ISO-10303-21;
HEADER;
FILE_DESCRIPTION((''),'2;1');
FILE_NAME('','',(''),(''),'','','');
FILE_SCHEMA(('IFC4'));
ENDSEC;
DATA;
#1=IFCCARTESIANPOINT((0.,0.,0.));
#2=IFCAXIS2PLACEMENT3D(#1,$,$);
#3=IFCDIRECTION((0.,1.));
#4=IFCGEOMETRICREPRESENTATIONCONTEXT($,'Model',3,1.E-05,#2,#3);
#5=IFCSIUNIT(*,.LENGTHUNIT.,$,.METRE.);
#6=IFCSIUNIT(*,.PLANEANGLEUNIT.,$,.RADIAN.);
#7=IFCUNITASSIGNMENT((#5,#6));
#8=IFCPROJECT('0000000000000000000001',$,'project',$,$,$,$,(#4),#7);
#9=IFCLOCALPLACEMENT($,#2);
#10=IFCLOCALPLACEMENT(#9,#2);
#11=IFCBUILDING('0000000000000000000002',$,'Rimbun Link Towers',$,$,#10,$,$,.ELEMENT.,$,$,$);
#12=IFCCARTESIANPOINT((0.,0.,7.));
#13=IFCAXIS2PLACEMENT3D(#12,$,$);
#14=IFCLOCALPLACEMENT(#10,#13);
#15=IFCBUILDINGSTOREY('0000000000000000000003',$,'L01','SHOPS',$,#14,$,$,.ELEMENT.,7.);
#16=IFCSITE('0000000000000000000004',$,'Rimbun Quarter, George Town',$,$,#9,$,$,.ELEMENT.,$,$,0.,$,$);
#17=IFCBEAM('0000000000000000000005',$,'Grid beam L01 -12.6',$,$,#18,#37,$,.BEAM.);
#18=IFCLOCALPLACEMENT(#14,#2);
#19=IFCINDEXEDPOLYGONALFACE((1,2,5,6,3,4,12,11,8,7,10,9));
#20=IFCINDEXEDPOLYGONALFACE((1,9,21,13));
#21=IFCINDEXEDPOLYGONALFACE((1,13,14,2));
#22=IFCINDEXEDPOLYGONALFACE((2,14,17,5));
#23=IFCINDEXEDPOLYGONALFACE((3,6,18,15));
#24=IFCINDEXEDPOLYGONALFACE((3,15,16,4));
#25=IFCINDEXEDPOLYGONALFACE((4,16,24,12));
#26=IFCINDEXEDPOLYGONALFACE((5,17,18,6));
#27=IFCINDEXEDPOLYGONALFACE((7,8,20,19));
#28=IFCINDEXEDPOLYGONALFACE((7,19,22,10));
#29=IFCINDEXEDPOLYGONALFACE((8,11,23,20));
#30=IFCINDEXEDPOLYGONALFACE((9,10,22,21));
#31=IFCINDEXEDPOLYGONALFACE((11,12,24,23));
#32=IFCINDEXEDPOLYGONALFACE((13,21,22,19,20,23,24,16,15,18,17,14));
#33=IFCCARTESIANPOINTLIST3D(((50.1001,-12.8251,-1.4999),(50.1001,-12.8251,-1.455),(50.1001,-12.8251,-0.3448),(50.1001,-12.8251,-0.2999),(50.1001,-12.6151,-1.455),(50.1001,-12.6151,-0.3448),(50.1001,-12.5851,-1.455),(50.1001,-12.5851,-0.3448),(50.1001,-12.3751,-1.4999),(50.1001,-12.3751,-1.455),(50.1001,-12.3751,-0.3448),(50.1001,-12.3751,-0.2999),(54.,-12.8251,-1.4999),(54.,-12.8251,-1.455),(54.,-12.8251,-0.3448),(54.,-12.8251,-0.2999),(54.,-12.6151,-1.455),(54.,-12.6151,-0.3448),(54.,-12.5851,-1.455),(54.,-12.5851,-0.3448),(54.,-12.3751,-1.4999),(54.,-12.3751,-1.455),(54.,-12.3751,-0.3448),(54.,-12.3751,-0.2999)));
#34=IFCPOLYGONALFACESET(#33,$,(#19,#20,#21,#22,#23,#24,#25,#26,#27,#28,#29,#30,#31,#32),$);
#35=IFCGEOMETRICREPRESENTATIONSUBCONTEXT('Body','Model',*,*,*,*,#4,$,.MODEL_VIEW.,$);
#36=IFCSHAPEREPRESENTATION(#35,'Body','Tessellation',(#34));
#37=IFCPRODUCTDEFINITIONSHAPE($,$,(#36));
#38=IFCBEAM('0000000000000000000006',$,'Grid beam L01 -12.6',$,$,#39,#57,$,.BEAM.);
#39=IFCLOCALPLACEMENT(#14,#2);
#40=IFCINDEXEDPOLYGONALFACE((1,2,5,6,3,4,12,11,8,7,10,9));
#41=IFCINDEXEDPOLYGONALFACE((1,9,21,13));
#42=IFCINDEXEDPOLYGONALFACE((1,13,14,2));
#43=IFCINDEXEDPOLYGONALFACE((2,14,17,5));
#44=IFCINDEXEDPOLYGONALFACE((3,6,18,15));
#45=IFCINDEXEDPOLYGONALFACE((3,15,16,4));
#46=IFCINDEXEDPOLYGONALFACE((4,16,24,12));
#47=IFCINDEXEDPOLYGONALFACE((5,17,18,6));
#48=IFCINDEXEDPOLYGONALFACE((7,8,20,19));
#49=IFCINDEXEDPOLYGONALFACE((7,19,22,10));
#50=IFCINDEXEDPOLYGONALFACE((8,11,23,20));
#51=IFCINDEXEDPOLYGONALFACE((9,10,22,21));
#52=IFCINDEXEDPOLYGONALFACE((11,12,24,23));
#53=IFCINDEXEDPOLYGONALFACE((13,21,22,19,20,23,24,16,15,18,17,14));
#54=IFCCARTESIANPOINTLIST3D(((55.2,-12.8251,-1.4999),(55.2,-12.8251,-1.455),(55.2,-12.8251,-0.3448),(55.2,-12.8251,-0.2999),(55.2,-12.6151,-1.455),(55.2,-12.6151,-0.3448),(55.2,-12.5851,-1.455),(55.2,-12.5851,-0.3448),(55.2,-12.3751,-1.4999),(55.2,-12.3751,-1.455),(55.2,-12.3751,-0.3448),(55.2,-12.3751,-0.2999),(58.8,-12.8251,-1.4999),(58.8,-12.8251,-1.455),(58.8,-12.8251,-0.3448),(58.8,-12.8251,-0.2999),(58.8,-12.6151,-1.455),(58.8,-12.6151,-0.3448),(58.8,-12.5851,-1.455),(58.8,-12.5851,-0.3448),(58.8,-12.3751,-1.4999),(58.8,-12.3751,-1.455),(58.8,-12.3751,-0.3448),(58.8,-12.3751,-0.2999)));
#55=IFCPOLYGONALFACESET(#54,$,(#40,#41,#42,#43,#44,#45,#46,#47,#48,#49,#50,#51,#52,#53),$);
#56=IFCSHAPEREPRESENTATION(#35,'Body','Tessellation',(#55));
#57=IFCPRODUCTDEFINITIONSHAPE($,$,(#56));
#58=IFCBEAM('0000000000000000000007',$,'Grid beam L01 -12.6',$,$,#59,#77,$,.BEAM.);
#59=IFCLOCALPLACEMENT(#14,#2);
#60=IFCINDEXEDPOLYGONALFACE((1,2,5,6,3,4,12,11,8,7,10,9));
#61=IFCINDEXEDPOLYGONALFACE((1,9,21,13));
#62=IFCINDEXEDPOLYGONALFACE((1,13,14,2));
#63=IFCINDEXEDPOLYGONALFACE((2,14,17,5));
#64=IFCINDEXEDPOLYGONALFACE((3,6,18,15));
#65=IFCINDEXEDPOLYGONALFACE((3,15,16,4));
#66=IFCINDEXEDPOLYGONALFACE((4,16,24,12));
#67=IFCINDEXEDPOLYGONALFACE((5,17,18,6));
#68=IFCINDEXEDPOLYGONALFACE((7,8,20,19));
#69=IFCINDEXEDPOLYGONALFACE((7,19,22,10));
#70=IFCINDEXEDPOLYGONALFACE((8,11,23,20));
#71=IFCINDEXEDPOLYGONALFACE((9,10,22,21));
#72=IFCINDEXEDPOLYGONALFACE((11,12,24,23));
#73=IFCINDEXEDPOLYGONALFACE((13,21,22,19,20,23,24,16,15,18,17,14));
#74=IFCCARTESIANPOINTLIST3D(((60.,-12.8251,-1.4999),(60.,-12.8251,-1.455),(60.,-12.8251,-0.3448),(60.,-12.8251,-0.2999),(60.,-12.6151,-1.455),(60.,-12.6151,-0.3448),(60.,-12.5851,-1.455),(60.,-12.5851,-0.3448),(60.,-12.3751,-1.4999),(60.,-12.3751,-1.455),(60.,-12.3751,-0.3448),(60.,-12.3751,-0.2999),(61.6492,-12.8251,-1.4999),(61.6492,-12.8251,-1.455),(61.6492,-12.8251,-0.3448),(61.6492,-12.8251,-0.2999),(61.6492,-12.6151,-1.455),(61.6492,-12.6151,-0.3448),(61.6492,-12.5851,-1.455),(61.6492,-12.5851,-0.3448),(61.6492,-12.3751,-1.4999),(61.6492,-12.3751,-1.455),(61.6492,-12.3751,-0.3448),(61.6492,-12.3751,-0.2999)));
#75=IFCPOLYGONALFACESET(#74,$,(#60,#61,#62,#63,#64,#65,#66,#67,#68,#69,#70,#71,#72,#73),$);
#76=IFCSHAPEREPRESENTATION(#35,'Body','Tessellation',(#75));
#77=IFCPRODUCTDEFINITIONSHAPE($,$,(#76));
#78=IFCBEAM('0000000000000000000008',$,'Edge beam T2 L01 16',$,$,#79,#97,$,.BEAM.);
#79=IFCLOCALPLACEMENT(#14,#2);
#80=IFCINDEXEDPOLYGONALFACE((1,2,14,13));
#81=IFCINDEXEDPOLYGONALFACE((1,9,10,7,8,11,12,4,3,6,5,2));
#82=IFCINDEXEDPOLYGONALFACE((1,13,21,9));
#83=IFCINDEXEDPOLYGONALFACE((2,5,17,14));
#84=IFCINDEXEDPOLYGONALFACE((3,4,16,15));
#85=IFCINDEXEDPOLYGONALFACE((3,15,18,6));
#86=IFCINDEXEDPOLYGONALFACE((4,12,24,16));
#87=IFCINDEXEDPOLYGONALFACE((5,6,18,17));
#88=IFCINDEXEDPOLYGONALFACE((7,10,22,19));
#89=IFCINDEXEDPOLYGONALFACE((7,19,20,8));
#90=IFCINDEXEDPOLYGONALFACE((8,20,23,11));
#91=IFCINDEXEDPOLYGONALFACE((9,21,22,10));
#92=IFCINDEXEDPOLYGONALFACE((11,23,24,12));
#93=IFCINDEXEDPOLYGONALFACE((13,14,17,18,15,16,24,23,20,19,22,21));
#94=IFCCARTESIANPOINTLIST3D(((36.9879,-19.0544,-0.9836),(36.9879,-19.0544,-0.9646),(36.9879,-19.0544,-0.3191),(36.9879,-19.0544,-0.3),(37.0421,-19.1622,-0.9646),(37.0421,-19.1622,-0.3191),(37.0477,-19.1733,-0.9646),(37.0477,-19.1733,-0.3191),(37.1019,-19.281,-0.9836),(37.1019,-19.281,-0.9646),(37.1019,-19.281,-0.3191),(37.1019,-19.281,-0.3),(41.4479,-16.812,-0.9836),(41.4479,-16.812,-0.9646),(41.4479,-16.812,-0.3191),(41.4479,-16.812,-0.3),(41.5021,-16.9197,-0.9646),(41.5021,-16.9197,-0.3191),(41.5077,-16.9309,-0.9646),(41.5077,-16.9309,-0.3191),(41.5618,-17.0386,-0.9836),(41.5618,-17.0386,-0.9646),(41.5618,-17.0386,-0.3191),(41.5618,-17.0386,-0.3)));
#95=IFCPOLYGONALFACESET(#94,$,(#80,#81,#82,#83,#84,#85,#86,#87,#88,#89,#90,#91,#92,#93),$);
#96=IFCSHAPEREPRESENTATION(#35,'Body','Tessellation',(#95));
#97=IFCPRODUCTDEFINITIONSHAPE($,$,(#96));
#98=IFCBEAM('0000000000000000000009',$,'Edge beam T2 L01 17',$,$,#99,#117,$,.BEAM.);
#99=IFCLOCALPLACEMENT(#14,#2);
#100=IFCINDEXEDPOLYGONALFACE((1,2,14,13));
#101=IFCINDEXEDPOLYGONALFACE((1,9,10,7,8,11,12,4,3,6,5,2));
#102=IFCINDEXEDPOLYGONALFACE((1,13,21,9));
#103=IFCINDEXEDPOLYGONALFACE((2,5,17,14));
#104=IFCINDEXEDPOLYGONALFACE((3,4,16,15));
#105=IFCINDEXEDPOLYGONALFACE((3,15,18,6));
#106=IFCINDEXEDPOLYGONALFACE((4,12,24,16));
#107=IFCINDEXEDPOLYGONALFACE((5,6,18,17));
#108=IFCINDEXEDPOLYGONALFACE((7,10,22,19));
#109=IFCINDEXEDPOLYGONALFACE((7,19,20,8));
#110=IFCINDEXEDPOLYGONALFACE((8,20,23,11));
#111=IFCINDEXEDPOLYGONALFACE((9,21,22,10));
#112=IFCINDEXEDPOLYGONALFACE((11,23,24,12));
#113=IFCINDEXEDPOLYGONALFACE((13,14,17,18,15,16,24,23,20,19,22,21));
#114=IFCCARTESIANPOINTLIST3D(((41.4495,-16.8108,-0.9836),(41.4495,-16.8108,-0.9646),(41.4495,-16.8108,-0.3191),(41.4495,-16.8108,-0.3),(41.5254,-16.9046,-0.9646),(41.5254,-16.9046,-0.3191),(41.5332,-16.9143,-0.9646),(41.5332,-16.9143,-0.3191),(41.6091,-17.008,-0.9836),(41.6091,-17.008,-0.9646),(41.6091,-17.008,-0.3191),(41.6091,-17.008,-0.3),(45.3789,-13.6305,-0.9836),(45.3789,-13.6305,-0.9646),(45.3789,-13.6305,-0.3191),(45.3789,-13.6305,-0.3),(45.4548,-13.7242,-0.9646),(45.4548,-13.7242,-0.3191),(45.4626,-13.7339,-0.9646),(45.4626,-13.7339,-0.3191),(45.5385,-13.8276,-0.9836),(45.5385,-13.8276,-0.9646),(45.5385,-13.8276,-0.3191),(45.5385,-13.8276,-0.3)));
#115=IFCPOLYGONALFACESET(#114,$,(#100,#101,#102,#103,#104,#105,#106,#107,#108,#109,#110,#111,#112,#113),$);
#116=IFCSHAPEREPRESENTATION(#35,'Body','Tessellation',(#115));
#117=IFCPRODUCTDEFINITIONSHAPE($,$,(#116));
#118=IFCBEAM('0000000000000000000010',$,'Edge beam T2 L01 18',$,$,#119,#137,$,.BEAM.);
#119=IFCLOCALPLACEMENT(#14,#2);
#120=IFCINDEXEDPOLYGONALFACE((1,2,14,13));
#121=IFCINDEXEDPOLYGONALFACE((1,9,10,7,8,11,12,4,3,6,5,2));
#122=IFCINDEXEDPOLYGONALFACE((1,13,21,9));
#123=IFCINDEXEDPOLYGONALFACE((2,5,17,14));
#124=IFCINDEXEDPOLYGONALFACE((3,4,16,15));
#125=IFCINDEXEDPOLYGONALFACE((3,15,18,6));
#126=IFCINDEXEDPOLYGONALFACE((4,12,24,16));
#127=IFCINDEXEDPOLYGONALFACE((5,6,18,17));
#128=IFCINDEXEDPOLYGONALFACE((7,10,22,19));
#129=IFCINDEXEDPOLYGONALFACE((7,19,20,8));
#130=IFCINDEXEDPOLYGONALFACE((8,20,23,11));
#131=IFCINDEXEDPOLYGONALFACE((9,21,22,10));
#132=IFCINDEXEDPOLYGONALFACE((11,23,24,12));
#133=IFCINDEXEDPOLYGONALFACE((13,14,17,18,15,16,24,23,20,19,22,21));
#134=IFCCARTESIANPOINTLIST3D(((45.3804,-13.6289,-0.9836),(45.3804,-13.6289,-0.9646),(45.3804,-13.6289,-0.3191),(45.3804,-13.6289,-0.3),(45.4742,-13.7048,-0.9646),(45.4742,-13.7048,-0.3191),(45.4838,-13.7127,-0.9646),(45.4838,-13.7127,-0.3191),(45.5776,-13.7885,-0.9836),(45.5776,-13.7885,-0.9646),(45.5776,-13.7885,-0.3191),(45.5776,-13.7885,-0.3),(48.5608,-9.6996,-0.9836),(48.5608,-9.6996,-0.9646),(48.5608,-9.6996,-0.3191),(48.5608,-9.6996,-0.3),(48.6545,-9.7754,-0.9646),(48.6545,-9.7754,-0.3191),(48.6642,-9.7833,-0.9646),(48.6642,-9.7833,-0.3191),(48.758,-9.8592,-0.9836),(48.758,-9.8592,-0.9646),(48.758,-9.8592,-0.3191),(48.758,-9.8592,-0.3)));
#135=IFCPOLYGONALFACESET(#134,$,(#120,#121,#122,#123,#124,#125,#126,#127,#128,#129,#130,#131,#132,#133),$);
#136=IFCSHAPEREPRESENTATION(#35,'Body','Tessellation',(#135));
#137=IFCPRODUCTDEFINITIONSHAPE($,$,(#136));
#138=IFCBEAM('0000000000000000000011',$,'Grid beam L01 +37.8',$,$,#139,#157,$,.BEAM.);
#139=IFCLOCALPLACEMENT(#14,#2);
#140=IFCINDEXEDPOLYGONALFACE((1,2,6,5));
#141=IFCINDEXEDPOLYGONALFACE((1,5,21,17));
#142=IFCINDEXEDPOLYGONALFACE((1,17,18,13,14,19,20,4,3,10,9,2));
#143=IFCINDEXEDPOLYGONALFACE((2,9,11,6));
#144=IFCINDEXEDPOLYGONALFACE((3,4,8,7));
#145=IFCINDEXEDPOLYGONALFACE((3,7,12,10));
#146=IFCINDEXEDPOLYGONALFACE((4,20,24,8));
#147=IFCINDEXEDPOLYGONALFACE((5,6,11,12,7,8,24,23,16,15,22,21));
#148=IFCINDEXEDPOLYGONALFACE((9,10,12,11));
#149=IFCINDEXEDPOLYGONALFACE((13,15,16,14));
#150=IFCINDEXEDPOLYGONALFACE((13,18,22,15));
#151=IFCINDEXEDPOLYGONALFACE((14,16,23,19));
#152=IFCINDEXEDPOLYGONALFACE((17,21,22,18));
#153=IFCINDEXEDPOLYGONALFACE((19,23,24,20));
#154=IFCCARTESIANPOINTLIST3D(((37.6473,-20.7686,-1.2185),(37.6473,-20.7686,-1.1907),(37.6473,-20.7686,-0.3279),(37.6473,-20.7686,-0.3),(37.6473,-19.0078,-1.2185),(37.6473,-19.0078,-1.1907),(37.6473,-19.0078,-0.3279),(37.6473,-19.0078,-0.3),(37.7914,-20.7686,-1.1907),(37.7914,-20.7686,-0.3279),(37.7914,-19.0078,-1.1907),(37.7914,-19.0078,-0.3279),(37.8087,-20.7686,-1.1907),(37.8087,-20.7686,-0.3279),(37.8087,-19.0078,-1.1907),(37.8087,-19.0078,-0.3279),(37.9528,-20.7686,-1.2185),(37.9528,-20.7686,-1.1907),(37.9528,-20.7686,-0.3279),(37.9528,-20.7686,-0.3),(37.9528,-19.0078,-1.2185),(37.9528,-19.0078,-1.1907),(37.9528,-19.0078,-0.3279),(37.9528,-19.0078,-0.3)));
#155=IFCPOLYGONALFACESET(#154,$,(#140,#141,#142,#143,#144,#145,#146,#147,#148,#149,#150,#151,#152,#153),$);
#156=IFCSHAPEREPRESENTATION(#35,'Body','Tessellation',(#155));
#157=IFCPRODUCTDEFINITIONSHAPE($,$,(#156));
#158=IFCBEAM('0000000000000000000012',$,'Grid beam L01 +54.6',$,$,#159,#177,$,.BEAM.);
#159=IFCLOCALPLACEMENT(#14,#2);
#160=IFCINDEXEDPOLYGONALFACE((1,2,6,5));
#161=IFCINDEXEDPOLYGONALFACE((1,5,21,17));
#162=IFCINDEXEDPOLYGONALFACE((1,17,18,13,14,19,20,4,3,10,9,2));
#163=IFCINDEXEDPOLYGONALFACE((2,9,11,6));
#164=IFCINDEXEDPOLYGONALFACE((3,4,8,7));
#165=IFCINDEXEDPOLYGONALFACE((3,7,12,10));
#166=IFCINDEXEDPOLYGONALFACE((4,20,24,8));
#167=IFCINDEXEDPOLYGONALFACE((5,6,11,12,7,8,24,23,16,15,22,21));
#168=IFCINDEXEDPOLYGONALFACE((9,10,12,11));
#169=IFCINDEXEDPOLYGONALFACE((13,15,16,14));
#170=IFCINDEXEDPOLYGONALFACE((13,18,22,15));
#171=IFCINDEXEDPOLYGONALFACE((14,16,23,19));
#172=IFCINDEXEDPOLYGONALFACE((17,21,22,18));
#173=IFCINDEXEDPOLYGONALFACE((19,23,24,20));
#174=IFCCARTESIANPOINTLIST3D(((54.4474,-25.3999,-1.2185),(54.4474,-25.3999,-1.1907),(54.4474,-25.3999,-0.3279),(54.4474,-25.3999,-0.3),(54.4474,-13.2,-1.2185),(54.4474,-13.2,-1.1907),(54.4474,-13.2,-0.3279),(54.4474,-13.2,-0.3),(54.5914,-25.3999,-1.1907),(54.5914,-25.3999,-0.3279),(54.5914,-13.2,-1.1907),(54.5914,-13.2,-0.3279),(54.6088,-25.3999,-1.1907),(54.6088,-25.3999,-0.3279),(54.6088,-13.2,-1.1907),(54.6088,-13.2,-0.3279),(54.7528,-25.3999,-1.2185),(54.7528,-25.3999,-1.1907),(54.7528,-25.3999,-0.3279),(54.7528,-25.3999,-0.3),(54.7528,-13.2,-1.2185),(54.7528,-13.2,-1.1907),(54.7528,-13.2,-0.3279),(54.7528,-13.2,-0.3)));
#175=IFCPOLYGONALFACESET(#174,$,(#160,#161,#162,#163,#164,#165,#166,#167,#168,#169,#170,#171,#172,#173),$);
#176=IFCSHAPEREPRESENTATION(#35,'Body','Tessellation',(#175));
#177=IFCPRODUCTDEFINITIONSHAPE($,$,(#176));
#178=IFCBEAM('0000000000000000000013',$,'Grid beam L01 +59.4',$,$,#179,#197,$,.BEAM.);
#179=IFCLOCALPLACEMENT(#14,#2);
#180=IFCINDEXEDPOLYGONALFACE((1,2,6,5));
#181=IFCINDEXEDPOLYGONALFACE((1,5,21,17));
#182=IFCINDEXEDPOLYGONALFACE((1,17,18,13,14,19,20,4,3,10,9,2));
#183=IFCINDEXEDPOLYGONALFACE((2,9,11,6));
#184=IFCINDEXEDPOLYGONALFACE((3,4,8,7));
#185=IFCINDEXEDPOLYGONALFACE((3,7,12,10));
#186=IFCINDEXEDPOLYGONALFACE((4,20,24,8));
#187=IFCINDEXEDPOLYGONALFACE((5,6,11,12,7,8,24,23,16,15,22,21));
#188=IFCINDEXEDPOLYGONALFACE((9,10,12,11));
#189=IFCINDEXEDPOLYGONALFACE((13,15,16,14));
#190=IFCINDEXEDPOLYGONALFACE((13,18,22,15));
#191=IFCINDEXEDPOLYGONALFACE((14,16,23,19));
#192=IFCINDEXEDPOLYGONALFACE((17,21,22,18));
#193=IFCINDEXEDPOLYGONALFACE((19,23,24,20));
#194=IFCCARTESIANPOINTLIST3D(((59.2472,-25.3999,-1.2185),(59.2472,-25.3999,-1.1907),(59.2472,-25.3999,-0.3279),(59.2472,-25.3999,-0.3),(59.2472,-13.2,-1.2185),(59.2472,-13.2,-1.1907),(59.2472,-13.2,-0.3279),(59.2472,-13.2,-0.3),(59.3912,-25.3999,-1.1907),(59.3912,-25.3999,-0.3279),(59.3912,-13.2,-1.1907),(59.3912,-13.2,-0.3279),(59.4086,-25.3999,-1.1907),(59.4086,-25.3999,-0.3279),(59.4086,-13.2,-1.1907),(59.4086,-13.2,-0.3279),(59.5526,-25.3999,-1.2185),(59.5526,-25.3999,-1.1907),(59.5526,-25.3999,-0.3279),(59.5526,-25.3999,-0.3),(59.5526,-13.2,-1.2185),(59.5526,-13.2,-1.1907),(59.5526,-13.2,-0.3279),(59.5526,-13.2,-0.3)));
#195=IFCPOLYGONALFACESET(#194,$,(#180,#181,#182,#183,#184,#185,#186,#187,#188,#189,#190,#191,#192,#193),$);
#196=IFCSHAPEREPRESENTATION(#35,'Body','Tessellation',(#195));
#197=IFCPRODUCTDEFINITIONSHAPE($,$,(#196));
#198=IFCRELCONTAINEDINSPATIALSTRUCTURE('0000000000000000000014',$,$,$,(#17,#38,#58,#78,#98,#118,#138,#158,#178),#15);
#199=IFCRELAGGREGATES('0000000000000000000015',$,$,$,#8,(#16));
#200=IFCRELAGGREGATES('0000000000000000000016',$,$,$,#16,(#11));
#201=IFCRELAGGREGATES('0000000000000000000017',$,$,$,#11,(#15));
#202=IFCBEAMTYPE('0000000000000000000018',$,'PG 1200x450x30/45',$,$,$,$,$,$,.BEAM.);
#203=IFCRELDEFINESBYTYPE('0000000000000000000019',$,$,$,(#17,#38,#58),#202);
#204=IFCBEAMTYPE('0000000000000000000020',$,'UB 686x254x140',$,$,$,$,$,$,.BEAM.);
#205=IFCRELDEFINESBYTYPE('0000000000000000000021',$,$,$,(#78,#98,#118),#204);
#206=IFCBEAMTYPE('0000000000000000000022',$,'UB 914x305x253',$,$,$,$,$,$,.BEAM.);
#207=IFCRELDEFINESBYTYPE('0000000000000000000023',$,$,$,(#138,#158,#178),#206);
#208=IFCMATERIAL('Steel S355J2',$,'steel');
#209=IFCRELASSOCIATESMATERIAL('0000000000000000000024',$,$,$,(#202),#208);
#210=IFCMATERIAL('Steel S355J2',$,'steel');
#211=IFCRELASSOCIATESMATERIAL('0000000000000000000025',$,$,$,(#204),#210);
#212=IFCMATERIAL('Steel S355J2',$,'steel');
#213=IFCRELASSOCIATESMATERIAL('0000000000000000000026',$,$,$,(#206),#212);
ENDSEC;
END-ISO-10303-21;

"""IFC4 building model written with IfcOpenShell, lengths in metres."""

from ifc_helpers import new_model, si_unit, direction, frame, origin, origin_2d, place, context, subcontext, project, spatial, i_section, extrude, material, material_profile, profile_set, type_object, element, save


model = new_model("IFC4")

# Units and contexts
model_context = context("Model", 3, precision=1e-05, world=origin(), true_north=direction((0.0, 1.0)))
body_context = subcontext(model_context, "Body", "Model", "MODEL_VIEW")
ifc_project = project(units=[si_unit("LENGTHUNIT", "METRE"), si_unit("PLANEANGLEUNIT", "RADIAN")], contexts=[model_context])

# Site, building, storey
site_placement = place(None, origin())
site = spatial("IfcSite", under=ifc_project, at=site_placement, Name="Rimbun Quarter, George Town", CompositionType="ELEMENT", RefElevation=0.0)
building_placement = place(site_placement, origin())
building = spatial("IfcBuilding", under=site, at=building_placement, Name="Rimbun Link Towers", CompositionType="ELEMENT")
storey_placement = place(building_placement, frame((0.0, 0.0, 7.0)))
storey = spatial("IfcBuildingStorey", under=building, at=storey_placement, Name="L01", Description="SHOPS", CompositionType="ELEMENT", Elevation=7.0)

# Beams
ifc_material_1 = material(Name="Steel S355J2", Category="steel")
ifc_material_profile_1 = material_profile(ifc_material_1, i_section(OverallWidth=0.45, OverallDepth=1.2, WebThickness=0.03, FlangeThickness=0.0449, at=origin_2d()), Name="PG 1200x450x30/45")
ifc_profile_set_1 = profile_set([ifc_material_profile_1], Name="Steel S355J2")
beam_type_1 = type_object("IfcBeamType", Name="PG 1200x450x30/45", PredefinedType="BEAM", material=ifc_profile_set_1)
beam_1_placement = place(storey_placement, frame((50.1001, -12.6001, -0.8999), z_axis=(1.0, 0.0, 0.0), x_axis=(0.0, 1.0, 0.0)))
element("IfcBeam", 1, at=beam_1_placement, inside=storey, type_object=beam_type_1, Name="Grid beam L01 -12.6", PredefinedType="BEAM", context=body_context, shape_type="SweptSolid", body=[
    extrude(i_section(OverallWidth=0.45, OverallDepth=1.2, WebThickness=0.03, FlangeThickness=0.0449, at=origin_2d()), origin(), (0.0, 0.0, 1.0), 3.8999),
])
beam_2_placement = place(storey_placement, frame((55.2, -12.6001, -0.8999), z_axis=(1.0, 0.0, 0.0), x_axis=(0.0, 1.0, 0.0)))
element("IfcBeam", 2, at=beam_2_placement, inside=storey, type_object=beam_type_1, Name="Grid beam L01 -12.6", PredefinedType="BEAM", context=body_context, shape_type="SweptSolid", body=[
    extrude(i_section(OverallWidth=0.45, OverallDepth=1.2, WebThickness=0.03, FlangeThickness=0.0449, at=origin_2d()), origin(), (0.0, 0.0, 1.0), 3.6001),
])
beam_3_placement = place(storey_placement, frame((60.0, -12.6001, -0.8999), z_axis=(1.0, 0.0, 0.0), x_axis=(0.0, 1.0, 0.0)))
element("IfcBeam", 3, at=beam_3_placement, inside=storey, type_object=beam_type_1, Name="Grid beam L01 -12.6", PredefinedType="BEAM", context=body_context, shape_type="SweptSolid", body=[
    extrude(i_section(OverallWidth=0.45, OverallDepth=1.2, WebThickness=0.03, FlangeThickness=0.0449, at=origin_2d()), origin(), (0.0, 0.0, 1.0), 1.6492),
])
ifc_material_2 = material(Name="Steel S355J2", Category="steel")
ifc_material_profile_2 = material_profile(ifc_material_2, i_section(OverallWidth=0.2537, OverallDepth=0.6836, WebThickness=0.0125, FlangeThickness=0.019, at=origin_2d()), Name="UB 686x254x140")
ifc_profile_set_2 = profile_set([ifc_material_profile_2], Name="Steel S355J2")
beam_type_2 = type_object("IfcBeamType", Name="UB 686x254x140", PredefinedType="BEAM", material=ifc_profile_set_2)
beam_4_placement = place(storey_placement, frame((37.0449, -19.1677, -0.6418), z_axis=(0.893427, 0.449208, 0.0), x_axis=(-0.449208, 0.893427, 0.0)))
element("IfcBeam", 4, at=beam_4_placement, inside=storey, type_object=beam_type_2, Name="Edge beam T2 L01 16", PredefinedType="BEAM", context=body_context, shape_type="SweptSolid", body=[
    extrude(i_section(OverallWidth=0.2537, OverallDepth=0.6836, WebThickness=0.0125, FlangeThickness=0.019, at=origin_2d()), origin(), (0.0, 0.0, 1.0), 4.9919),
])
for number, where, z_axis, x_axis, name in (
    (5, (41.5293, -16.9094, -0.6418), (0.777299, 0.629132, 0.0), (-0.629132, 0.777299, 0.0), "Edge beam T2 L01 17"),
    (6, (45.479, -13.7087, -0.6418), (0.629132, 0.777299, 0.0), (-0.777299, 0.629132, 0.0), "Edge beam T2 L01 18"),
):
    element("IfcBeam", number, at=place(storey_placement, frame(where, z_axis=z_axis, x_axis=x_axis)), inside=storey, type_object=beam_type_2, Name=name, PredefinedType="BEAM", context=body_context, shape_type="SweptSolid", body=[
        extrude(i_section(OverallWidth=0.2537, OverallDepth=0.6836, WebThickness=0.0125, FlangeThickness=0.019, at=origin_2d()), origin(), (0.0, 0.0, 1.0), 5.0552),
    ])
ifc_material_3 = material(Name="Steel S355J2", Category="steel")
ifc_material_profile_3 = material_profile(ifc_material_3, i_section(OverallWidth=0.3054, OverallDepth=0.9185, WebThickness=0.0173, FlangeThickness=0.0278, at=origin_2d()), Name="UB 914x305x253")
ifc_profile_set_3 = profile_set([ifc_material_profile_3], Name="Steel S355J2")
beam_type_3 = type_object("IfcBeamType", Name="UB 914x305x253", PredefinedType="BEAM", material=ifc_profile_set_3)
beam_5_placement = place(storey_placement, frame((37.8, -20.7686, -0.7593), z_axis=(0.0, 1.0, 0.0), x_axis=(-1.0, 0.0, 0.0)))
element("IfcBeam", 7, at=beam_5_placement, inside=storey, type_object=beam_type_3, Name="Grid beam L01 +37.8", PredefinedType="BEAM", context=body_context, shape_type="SweptSolid", body=[
    extrude(i_section(OverallWidth=0.3054, OverallDepth=0.9185, WebThickness=0.0173, FlangeThickness=0.0278, at=origin_2d()), origin(), (0.0, 0.0, 1.0), 1.7607),
])
for number, where, z_axis, x_axis, name in (
    (8, (54.6001, -25.3999, -0.7593), (0.0, 1.0, 0.0), (-1.0, 0.0, 0.0), "Grid beam L01 +54.6"),
    (9, (59.3999, -25.3999, -0.7593), (0.0, 1.0, 0.0), (-1.0, 0.0, 0.0), "Grid beam L01 +59.4"),
):
    element("IfcBeam", number, at=place(storey_placement, frame(where, z_axis=z_axis, x_axis=x_axis)), inside=storey, type_object=beam_type_3, Name=name, PredefinedType="BEAM", context=body_context, shape_type="SweptSolid", body=[
        extrude(i_section(OverallWidth=0.3054, OverallDepth=0.9185, WebThickness=0.0173, FlangeThickness=0.0278, at=origin_2d()), origin(), (0.0, 0.0, 1.0), 12.2),
    ])

save(model, "model.ifc")
